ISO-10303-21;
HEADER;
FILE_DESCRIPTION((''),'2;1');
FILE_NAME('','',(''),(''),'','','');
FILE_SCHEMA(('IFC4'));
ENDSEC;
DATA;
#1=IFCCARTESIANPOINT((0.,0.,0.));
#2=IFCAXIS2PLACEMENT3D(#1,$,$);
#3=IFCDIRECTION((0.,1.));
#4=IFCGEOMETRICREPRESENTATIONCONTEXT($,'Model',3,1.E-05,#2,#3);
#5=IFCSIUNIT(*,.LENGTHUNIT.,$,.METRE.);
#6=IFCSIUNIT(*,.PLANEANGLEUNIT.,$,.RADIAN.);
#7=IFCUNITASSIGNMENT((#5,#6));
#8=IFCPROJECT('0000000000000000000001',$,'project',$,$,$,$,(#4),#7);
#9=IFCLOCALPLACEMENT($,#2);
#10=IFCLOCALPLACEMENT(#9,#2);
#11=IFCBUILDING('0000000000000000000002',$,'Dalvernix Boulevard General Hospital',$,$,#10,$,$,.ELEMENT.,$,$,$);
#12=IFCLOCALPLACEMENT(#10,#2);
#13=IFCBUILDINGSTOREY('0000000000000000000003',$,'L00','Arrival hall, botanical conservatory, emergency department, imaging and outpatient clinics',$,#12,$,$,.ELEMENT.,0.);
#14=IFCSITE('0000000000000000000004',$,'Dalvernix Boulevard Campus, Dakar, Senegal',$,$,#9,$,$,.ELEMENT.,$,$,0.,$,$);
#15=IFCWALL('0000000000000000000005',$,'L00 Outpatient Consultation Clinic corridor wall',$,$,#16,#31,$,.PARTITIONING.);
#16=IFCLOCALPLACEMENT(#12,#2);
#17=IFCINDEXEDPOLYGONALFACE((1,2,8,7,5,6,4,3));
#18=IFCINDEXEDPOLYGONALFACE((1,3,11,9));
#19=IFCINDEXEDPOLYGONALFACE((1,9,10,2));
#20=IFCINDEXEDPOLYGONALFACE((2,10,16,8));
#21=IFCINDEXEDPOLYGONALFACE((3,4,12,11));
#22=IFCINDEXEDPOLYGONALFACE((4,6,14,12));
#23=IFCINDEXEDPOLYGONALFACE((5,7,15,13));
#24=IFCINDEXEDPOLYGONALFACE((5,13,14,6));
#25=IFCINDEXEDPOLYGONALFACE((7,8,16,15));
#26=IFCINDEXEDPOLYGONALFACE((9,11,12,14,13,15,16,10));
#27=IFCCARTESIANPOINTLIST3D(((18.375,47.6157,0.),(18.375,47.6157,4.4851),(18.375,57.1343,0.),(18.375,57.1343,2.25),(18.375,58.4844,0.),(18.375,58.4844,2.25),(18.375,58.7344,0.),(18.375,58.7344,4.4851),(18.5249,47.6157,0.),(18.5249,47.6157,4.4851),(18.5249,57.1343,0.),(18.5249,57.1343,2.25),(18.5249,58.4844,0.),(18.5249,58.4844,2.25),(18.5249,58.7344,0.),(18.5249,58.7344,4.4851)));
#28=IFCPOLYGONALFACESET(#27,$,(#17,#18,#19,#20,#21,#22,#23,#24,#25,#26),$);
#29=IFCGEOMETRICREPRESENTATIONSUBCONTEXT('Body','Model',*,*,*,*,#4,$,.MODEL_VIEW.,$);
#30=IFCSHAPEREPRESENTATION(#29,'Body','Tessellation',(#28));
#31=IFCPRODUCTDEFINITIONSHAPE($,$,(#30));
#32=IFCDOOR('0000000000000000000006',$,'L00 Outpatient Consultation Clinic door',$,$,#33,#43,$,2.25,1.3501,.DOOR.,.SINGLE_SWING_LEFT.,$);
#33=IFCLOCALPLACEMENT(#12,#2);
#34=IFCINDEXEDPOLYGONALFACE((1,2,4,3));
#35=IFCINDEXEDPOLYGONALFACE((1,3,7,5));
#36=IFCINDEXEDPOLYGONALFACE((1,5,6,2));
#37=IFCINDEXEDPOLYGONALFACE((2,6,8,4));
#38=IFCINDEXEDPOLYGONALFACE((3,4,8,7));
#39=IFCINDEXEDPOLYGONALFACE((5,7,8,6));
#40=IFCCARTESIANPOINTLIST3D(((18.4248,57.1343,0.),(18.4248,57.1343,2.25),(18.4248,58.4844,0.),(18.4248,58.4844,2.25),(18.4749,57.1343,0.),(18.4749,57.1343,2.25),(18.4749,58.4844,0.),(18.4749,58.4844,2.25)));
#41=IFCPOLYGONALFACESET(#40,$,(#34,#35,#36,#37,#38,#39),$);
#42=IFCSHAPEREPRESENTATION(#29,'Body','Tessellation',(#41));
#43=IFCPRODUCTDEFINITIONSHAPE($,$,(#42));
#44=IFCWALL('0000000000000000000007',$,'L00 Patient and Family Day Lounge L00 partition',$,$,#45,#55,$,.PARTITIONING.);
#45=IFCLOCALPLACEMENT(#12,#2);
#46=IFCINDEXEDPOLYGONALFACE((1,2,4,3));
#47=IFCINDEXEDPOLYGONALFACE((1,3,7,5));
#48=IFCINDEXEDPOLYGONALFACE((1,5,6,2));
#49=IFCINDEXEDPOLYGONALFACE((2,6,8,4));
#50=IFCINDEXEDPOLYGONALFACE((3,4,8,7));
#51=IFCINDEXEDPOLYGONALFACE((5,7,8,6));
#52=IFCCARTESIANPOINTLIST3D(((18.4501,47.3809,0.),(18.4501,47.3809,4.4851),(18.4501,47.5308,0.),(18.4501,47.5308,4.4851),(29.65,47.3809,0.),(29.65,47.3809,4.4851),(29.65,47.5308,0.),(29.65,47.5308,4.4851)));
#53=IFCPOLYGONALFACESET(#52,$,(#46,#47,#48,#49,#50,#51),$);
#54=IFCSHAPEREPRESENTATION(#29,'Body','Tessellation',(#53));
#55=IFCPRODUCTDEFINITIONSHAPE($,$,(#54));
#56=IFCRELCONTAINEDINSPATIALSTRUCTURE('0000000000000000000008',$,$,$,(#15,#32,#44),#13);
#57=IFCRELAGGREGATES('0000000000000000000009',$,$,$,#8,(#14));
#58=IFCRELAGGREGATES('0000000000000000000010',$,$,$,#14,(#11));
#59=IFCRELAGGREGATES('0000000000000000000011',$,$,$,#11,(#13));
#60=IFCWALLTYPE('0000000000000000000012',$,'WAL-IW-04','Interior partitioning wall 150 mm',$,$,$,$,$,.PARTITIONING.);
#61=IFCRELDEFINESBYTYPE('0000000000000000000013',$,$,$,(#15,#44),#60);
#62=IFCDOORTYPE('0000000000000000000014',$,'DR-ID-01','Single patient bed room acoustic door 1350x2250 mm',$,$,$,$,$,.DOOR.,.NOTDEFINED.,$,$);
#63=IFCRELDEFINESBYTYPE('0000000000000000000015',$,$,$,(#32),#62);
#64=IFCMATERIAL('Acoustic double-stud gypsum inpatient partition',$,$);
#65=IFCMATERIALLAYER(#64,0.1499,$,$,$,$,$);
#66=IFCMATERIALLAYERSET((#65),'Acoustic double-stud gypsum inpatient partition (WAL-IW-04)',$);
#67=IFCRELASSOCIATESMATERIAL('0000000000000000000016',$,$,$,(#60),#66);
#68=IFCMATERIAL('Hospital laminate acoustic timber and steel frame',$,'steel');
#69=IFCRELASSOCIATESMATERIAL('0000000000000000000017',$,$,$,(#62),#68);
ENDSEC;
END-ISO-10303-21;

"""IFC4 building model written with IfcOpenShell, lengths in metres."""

from ifc_helpers import new_model, si_unit, direction, frame, frame_2d, origin, place, context, subcontext, project, spatial, rectangle, extrude, material, layer, layer_set, type_object, element, fill, save


model = new_model("IFC4")

# Units and contexts
model_context = context("Model", 3, precision=1e-05, world=origin(), true_north=direction((0.0, 1.0)))
body_context = subcontext(model_context, "Body", "Model", "MODEL_VIEW")
ifc_project = project(units=[si_unit("LENGTHUNIT", "METRE"), si_unit("PLANEANGLEUNIT", "RADIAN")], contexts=[model_context])

# Site, building, storey
site_placement = place(None, origin())
site = spatial("IfcSite", under=ifc_project, at=site_placement, Name="Dalvernix Boulevard Campus, Dakar, Senegal", CompositionType="ELEMENT", RefElevation=0.0)
building_placement = place(site_placement, origin())
building = spatial("IfcBuilding", under=site, at=building_placement, Name="Dalvernix Boulevard General Hospital", CompositionType="ELEMENT")
storey_placement = place(building_placement, origin())
storey = spatial("IfcBuildingStorey", under=building, at=storey_placement, Name="L00", Description="Arrival hall, botanical conservatory, emergency department, imaging and outpatient clinics", CompositionType="ELEMENT", Elevation=0.0)

# Wall, opening, door
ifc_material_1 = material(Name="Hospital laminate acoustic timber and steel frame", Category="steel")
ifc_material_2 = material(Name="Acoustic double-stud gypsum inpatient partition")
ifc_layer_1 = layer(ifc_material_2, 0.1499)
ifc_layer_set_1 = layer_set([ifc_layer_1], Name="Acoustic double-stud gypsum inpatient partition (WAL-IW-04)")
wall_type_1 = type_object("IfcWallType", Name="WAL-IW-04", Description="Interior partitioning wall 150 mm", PredefinedType="PARTITIONING", material=ifc_layer_set_1)
wall_1_placement = place(storey_placement, frame((18.45, 58.7344, 0.0), z_axis=(0.0, 0.0, 1.0), x_axis=(0.0, -1.0, 0.0)))
wall_1 = element("IfcWall", 1, at=wall_1_placement, inside=storey, type_object=wall_type_1, Name="L00 Outpatient Consultation Clinic corridor wall", PredefinedType="PARTITIONING", context=body_context, shape_type="SweptSolid", body=[
    extrude(rectangle(XDim=11.1187, YDim=0.1499, at=frame_2d((5.5593, 0.0))), origin(), (0.0, 0.0, 1.0), 4.4851),
])
opening_1_placement = place(wall_1_placement, frame((0.25, 0.0, 0.0)))
opening_1 = element("IfcOpeningElement", 2, at=opening_1_placement, cuts=wall_1, PredefinedType="OPENING", context=body_context, shape_type="SweptSolid", body=[
    extrude(rectangle(XDim=1.3501, YDim=2.25, at=frame_2d((0.675, 1.125))), frame((0.0, 0.085, 0.0), z_axis=(0.0, -1.0, 0.0), x_axis=(1.0, 0.0, 0.0)), (0.0, 0.0, 1.0), 0.1699),
])
door_type_1 = type_object("IfcDoorType", Name="DR-ID-01", Description="Single patient bed room acoustic door 1350x2250 mm", OperationType="NOTDEFINED", PredefinedType="DOOR", material=ifc_material_1)
door_1_placement = place(opening_1_placement, origin())
door_1 = element("IfcDoor", 3, at=door_1_placement, inside=storey, type_object=door_type_1, Name="L00 Outpatient Consultation Clinic door", OperationType="SINGLE_SWING_LEFT", OverallHeight=2.25, OverallWidth=1.3501, PredefinedType="DOOR", context=body_context, shape_type="SweptSolid", body=[
    extrude(rectangle(XDim=1.3501, YDim=2.25, at=frame_2d((0.675, 1.125))), frame((0.0, 0.0249, 0.0), z_axis=(0.0, -1.0, 0.0), x_axis=(1.0, 0.0, 0.0)), (0.0, 0.0, 1.0), 0.05),
])
fill(opening_1, door_1)

# Wall
wall_2_placement = place(storey_placement, frame((18.45, 47.4558, 0.0), z_axis=(0.0, 0.0, 1.0), x_axis=(1.0, 0.0, 0.0)))
element("IfcWall", 4, at=wall_2_placement, inside=storey, type_object=wall_type_1, Name="L00 Patient and Family Day Lounge L00 partition", PredefinedType="PARTITIONING", context=body_context, shape_type="SweptSolid", body=[
    extrude(rectangle(XDim=11.2, YDim=0.1499, at=frame_2d((5.6001, 0.0))), origin(), (0.0, 0.0, 1.0), 4.4851),
])

save(model, "model.ifc")
